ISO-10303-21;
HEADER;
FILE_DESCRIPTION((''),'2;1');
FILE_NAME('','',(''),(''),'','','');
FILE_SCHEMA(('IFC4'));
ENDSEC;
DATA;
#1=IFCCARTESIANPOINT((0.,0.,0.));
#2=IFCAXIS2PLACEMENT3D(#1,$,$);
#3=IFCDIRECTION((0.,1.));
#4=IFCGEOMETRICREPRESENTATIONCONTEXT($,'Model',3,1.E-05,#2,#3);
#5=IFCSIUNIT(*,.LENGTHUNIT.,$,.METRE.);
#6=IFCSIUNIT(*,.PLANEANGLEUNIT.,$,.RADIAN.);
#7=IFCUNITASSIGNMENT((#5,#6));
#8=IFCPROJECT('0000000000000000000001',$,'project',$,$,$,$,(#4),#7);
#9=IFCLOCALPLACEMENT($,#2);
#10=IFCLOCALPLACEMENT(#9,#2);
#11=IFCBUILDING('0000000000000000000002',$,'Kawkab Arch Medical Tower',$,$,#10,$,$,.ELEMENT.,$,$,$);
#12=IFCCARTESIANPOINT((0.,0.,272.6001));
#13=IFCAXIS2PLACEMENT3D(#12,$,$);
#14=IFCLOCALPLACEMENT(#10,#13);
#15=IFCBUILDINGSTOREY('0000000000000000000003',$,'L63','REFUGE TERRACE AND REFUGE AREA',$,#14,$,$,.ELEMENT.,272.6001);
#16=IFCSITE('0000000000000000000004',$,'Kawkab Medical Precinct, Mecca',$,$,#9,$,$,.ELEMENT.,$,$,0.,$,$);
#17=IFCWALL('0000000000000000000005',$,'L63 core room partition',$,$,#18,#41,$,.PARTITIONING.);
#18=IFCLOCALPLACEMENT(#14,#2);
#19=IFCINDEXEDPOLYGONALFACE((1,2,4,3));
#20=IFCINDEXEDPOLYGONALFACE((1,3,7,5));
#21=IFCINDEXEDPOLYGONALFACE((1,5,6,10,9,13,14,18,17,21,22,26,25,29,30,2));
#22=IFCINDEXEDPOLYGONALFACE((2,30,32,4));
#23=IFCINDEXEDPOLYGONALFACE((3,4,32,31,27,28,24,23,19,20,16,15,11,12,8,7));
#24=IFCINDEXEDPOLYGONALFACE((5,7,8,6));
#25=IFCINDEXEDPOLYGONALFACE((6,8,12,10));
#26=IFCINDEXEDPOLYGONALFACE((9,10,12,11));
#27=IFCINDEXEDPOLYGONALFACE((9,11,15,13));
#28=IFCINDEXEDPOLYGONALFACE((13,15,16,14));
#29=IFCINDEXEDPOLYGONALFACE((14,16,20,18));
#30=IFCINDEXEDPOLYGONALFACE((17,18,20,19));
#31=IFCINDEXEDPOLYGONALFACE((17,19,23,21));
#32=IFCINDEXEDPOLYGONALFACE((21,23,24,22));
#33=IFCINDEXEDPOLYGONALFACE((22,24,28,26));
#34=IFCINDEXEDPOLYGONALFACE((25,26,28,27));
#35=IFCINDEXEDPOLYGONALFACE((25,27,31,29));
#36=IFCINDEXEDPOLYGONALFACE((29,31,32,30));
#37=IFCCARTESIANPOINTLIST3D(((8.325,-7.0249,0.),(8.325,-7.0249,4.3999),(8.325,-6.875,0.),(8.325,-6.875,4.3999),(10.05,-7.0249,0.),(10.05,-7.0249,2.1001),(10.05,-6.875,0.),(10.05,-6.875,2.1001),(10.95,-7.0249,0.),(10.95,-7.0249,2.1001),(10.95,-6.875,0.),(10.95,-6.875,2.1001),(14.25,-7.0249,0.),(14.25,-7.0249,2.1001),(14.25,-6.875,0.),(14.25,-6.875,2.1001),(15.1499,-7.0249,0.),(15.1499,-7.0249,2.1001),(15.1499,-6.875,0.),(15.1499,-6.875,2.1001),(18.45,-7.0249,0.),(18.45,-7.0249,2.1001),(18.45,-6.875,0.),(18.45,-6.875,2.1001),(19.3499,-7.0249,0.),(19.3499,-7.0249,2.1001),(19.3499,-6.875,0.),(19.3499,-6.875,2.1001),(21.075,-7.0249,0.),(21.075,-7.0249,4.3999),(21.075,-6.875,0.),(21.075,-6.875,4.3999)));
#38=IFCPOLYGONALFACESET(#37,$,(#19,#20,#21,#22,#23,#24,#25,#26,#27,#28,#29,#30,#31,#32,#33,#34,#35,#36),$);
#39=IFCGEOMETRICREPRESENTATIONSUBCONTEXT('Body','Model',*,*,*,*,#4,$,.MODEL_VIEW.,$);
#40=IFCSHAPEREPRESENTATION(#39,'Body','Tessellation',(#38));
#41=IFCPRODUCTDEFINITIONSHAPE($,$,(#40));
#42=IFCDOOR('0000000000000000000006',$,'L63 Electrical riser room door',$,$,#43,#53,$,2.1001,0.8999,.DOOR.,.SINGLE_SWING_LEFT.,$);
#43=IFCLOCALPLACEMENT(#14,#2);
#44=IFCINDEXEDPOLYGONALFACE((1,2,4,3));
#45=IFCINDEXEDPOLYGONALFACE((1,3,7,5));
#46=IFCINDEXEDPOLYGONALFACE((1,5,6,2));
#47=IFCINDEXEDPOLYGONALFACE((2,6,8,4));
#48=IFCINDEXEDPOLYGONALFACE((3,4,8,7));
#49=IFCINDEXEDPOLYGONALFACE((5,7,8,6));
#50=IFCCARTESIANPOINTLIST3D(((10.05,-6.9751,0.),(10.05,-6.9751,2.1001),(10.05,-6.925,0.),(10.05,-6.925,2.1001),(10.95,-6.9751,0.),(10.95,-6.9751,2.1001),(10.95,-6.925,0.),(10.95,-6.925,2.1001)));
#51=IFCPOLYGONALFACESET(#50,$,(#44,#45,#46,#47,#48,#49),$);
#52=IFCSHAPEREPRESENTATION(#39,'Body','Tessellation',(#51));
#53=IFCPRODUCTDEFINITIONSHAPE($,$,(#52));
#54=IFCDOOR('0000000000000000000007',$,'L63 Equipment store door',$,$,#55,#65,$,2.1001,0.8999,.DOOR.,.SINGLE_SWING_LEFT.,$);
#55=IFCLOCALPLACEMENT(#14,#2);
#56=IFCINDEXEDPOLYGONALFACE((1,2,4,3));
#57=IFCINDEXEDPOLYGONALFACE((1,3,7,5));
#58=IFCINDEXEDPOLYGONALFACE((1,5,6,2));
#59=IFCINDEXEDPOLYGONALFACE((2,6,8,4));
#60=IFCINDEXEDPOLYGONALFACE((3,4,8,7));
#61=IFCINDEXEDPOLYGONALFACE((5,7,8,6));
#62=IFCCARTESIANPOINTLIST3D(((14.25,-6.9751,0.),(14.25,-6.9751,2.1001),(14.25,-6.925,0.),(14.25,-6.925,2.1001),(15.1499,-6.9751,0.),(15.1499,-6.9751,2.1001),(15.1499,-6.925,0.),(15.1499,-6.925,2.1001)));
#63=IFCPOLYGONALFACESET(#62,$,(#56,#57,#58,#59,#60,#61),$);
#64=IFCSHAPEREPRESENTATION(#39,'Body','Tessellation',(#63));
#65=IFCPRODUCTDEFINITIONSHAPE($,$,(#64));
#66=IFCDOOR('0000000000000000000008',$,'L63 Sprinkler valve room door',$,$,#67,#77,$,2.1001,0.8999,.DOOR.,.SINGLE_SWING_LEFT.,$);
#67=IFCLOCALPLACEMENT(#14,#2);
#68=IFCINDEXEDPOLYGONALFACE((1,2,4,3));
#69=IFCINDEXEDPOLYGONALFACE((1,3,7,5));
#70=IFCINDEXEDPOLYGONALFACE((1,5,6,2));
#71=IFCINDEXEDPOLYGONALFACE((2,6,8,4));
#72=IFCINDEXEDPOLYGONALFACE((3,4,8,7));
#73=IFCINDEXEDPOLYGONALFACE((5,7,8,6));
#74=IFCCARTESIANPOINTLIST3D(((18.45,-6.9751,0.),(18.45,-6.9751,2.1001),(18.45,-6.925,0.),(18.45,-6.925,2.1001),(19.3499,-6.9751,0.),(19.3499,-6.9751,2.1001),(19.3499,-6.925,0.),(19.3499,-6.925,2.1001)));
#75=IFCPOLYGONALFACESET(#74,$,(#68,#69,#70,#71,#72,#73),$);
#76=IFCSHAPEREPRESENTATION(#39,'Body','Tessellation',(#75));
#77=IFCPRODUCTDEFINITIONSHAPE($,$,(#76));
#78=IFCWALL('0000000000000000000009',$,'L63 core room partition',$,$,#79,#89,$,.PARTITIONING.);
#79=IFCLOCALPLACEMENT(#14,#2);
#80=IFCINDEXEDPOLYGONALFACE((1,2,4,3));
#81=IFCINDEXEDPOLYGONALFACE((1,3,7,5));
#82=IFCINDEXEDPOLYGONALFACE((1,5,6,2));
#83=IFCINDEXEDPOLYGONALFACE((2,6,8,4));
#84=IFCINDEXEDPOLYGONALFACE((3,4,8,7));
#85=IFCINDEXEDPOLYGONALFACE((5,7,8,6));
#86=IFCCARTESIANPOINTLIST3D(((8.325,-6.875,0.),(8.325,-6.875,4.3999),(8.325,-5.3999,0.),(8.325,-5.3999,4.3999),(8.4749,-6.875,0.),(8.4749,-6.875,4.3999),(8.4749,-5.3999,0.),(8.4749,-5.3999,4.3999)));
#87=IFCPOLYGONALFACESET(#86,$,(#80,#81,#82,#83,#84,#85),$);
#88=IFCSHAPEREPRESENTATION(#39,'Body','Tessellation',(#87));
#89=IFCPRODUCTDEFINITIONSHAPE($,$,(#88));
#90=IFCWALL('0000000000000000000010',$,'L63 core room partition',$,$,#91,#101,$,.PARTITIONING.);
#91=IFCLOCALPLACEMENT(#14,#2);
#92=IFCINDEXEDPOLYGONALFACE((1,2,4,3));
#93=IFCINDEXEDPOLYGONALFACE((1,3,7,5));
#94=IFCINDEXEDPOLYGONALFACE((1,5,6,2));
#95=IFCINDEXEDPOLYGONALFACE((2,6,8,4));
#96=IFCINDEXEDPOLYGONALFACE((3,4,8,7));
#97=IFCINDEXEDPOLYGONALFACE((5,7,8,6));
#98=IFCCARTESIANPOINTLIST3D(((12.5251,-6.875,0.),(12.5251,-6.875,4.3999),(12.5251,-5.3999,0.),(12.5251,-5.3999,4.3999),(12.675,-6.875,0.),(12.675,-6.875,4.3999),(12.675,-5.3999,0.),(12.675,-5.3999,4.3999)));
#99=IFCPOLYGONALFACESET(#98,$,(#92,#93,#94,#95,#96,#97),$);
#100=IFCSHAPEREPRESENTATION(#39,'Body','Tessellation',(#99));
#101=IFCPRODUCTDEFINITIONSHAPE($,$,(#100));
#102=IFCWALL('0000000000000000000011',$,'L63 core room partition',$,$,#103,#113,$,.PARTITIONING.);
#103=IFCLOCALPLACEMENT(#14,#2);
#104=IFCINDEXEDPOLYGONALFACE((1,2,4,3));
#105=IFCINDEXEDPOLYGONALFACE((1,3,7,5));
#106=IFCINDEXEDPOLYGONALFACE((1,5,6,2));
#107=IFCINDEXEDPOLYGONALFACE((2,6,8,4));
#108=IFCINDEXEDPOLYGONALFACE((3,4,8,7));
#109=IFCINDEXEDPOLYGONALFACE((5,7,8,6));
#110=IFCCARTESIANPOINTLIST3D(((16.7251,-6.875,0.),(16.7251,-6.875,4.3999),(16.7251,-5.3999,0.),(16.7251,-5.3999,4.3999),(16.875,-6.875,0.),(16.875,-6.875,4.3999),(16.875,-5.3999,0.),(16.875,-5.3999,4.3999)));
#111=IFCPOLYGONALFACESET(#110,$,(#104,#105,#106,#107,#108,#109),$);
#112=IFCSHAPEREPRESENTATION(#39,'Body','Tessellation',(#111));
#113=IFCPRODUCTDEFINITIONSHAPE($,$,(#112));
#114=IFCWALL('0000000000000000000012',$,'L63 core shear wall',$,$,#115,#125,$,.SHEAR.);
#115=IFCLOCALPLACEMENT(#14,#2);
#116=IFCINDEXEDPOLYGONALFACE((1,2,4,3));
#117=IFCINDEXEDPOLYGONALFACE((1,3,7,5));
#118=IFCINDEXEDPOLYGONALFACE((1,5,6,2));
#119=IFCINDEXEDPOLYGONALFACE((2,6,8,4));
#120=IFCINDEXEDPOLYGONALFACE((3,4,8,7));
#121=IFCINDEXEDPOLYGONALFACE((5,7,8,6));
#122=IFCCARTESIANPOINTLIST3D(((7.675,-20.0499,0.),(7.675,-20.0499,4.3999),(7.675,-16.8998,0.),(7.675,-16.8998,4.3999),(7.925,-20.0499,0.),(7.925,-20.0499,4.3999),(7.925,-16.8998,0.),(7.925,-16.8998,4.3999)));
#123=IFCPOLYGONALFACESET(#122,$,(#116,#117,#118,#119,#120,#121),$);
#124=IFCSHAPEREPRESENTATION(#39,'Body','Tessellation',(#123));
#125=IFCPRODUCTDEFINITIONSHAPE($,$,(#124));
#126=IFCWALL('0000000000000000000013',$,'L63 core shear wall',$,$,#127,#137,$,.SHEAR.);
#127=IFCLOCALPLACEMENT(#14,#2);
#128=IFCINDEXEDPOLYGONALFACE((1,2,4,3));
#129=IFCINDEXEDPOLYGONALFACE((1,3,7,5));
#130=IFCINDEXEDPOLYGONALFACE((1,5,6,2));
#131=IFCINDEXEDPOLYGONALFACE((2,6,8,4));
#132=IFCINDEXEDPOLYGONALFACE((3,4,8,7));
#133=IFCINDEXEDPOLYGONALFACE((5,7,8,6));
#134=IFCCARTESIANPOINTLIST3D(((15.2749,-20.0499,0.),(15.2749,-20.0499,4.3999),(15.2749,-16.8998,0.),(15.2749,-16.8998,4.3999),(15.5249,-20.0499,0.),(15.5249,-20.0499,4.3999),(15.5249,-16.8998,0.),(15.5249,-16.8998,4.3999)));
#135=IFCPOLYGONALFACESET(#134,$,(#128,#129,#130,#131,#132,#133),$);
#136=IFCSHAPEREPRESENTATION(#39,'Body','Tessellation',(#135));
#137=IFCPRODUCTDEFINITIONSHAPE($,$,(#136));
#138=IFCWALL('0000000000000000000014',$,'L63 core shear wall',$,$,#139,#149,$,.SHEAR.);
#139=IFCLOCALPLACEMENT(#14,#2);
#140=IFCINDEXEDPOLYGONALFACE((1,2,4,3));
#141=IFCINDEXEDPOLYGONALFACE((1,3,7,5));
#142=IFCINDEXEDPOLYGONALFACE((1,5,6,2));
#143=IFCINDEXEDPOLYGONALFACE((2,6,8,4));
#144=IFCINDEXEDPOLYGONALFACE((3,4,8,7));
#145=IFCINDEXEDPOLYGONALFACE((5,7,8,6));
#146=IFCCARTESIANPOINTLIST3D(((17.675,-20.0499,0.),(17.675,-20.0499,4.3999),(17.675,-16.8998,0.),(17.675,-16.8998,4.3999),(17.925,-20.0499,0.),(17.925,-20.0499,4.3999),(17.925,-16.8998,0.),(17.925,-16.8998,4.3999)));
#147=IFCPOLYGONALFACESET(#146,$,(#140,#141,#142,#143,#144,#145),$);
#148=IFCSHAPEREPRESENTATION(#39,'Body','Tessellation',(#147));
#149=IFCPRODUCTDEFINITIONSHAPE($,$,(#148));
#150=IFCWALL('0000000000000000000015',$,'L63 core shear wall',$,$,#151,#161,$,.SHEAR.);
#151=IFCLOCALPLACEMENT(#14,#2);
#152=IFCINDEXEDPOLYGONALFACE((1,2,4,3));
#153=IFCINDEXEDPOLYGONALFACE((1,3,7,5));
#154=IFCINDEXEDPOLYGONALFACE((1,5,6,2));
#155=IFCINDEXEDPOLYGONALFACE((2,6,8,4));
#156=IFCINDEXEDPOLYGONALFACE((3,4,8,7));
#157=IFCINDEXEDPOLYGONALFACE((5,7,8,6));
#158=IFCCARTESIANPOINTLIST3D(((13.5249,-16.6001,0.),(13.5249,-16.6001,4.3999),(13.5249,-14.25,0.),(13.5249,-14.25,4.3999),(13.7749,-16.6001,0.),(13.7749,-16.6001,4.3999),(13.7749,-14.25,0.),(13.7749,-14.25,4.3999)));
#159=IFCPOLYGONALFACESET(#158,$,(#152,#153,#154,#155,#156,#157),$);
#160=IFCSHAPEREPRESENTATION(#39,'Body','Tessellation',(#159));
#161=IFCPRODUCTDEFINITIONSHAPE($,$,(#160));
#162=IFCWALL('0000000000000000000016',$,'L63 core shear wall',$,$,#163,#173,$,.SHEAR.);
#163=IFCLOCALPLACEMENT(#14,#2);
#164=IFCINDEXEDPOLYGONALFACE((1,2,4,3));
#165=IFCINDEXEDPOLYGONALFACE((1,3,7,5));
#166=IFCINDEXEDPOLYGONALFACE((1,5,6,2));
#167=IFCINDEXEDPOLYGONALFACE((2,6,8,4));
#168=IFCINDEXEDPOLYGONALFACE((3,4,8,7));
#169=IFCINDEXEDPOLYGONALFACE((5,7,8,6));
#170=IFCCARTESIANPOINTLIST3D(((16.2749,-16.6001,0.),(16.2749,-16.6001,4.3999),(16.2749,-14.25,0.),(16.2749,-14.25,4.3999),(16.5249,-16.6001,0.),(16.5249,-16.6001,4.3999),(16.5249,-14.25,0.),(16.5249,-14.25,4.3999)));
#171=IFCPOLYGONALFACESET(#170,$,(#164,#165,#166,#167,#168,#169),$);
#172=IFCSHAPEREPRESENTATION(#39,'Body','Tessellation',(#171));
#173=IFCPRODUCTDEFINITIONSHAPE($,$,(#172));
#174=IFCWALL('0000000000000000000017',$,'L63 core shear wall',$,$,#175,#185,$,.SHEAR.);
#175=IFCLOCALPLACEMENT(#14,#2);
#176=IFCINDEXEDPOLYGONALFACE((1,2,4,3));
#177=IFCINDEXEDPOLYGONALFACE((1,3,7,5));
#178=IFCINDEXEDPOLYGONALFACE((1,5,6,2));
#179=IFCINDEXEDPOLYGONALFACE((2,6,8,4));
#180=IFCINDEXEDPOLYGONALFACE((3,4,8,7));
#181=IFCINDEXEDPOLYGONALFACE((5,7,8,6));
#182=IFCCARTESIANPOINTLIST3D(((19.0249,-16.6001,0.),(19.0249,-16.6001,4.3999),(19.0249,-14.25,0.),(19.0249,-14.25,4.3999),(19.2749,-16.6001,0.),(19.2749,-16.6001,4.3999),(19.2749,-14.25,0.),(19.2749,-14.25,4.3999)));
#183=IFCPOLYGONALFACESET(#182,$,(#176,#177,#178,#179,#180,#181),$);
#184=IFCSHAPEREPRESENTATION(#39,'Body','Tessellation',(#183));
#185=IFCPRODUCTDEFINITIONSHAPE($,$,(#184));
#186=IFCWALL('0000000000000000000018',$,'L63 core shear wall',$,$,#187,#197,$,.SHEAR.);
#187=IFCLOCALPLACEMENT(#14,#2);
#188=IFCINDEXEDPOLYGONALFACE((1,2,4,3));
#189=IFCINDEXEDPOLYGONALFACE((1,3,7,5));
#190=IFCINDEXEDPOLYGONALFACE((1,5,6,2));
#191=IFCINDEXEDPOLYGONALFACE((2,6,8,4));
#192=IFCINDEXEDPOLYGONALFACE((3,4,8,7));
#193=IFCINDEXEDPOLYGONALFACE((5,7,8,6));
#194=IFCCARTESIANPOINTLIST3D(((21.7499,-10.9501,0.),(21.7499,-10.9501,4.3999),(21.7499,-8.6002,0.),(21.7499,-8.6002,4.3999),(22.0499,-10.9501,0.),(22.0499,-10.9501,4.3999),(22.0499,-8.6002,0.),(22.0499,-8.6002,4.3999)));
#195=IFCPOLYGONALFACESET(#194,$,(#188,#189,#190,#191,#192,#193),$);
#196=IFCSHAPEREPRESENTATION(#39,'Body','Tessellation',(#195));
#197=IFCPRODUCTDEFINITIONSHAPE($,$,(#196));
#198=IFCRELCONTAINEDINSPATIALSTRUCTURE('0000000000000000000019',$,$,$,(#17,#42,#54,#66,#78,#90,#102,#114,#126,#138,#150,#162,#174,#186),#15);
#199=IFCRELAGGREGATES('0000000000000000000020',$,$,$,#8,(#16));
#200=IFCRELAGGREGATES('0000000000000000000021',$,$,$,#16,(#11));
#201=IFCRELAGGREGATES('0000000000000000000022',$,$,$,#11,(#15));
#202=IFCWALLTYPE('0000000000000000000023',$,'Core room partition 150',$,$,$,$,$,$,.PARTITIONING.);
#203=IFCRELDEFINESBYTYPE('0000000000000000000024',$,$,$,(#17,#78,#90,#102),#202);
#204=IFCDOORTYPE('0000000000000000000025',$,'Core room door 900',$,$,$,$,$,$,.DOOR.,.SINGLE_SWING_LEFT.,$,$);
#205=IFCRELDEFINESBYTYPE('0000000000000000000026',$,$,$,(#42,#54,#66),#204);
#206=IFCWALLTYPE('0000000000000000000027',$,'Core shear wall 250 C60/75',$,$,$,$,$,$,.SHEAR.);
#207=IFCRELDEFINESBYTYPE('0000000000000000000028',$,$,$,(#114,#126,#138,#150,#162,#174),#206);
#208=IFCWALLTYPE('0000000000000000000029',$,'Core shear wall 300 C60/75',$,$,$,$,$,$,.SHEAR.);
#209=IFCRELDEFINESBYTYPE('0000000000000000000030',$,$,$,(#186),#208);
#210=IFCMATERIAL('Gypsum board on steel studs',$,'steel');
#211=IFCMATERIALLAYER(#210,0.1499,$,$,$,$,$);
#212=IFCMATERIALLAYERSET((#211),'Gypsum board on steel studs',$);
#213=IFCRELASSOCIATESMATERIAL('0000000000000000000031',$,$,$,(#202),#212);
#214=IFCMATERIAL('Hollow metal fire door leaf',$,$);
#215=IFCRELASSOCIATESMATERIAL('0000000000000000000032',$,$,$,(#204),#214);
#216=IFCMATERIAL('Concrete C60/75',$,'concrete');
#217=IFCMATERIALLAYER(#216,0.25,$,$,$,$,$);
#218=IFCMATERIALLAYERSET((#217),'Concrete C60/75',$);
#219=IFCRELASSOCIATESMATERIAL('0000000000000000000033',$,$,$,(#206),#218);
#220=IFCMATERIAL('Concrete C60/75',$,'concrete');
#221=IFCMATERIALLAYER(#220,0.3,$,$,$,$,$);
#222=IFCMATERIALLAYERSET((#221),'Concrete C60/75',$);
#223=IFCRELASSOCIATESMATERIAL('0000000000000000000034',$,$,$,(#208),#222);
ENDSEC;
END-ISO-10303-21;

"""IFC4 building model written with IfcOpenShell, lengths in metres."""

from ifc_helpers import new_model, si_unit, direction, frame, frame_2d, origin, place, context, subcontext, project, spatial, rectangle, extrude, material, layer, layer_set, type_object, element, fill, save


model = new_model("IFC4")

# Units and contexts
model_context = context("Model", 3, precision=1e-05, world=origin(), true_north=direction((0.0, 1.0)))
body_context = subcontext(model_context, "Body", "Model", "MODEL_VIEW")
ifc_project = project(units=[si_unit("LENGTHUNIT", "METRE"), si_unit("PLANEANGLEUNIT", "RADIAN")], contexts=[model_context])

# Site, building, storey
site_placement = place(None, origin())
site = spatial("IfcSite", under=ifc_project, at=site_placement, Name="Kawkab Medical Precinct, Mecca", CompositionType="ELEMENT", RefElevation=0.0)
building_placement = place(site_placement, origin())
building = spatial("IfcBuilding", under=site, at=building_placement, Name="Kawkab Arch Medical Tower", CompositionType="ELEMENT")
storey_placement = place(building_placement, frame((0.0, 0.0, 272.6001)))
storey = spatial("IfcBuildingStorey", under=building, at=storey_placement, Name="L63", Description="REFUGE TERRACE AND REFUGE AREA", CompositionType="ELEMENT", Elevation=272.6001)

# Wall, openings, doors
ifc_material_1 = material(Name="Gypsum board on steel studs", Category="steel")
ifc_layer_1 = layer(ifc_material_1, 0.1499)
ifc_layer_set_1 = layer_set([ifc_layer_1], Name="Gypsum board on steel studs")
wall_type_1 = type_object("IfcWallType", Name="Core room partition 150", PredefinedType="PARTITIONING", material=ifc_layer_set_1)
wall_1_placement = place(storey_placement, frame((8.325, -6.95, 0.0), z_axis=(0.0, 0.0, 1.0), x_axis=(1.0, 0.0, 0.0)))
wall_1 = element("IfcWall", 1, at=wall_1_placement, inside=storey, type_object=wall_type_1, Name="L63 core room partition", PredefinedType="PARTITIONING", context=body_context, shape_type="SweptSolid", body=[
    extrude(rectangle(XDim=12.75, YDim=0.1499, at=frame_2d((6.375, 0.0))), origin(), (0.0, 0.0, 1.0), 4.3999),
])
opening_1_placement = place(wall_1_placement, frame((1.7251, 0.0, 0.0)))
opening_1 = element("IfcOpeningElement", 2, at=opening_1_placement, cuts=wall_1, PredefinedType="OPENING", context=body_context, shape_type="SweptSolid", body=[
    extrude(rectangle(XDim=0.8999, YDim=2.1001, at=frame_2d((0.45, 1.05))), frame((0.0, 0.085, 0.0), z_axis=(0.0, -1.0, 0.0), x_axis=(1.0, 0.0, 0.0)), (0.0, 0.0, 1.0), 0.1699),
])
opening_2_placement = place(wall_1_placement, frame((5.925, 0.0, 0.0)))
opening_2 = element("IfcOpeningElement", 3, at=opening_2_placement, cuts=wall_1, PredefinedType="OPENING", context=body_context, shape_type="SweptSolid", body=[
    extrude(rectangle(XDim=0.8999, YDim=2.1001, at=frame_2d((0.45, 1.05))), frame((0.0, 0.085, 0.0), z_axis=(0.0, -1.0, 0.0), x_axis=(1.0, 0.0, 0.0)), (0.0, 0.0, 1.0), 0.1699),
])
opening_3_placement = place(wall_1_placement, frame((10.125, 0.0, 0.0)))
opening_3 = element("IfcOpeningElement", 4, at=opening_3_placement, cuts=wall_1, PredefinedType="OPENING", context=body_context, shape_type="SweptSolid", body=[
    extrude(rectangle(XDim=0.8999, YDim=2.1001, at=frame_2d((0.45, 1.05))), frame((0.0, 0.085, 0.0), z_axis=(0.0, -1.0, 0.0), x_axis=(1.0, 0.0, 0.0)), (0.0, 0.0, 1.0), 0.1699),
])
ifc_material_2 = material(Name="Hollow metal fire door leaf")
door_type = type_object("IfcDoorType", Name="Core room door 900", OperationType="SINGLE_SWING_LEFT", PredefinedType="DOOR", material=ifc_material_2)
door_1_placement = place(opening_1_placement, origin())
door_1 = element("IfcDoor", 5, at=door_1_placement, inside=storey, type_object=door_type, Name="L63 Electrical riser room door", OperationType="SINGLE_SWING_LEFT", OverallHeight=2.1001, OverallWidth=0.8999, PredefinedType="DOOR", context=body_context, shape_type="SweptSolid", body=[
    extrude(rectangle(XDim=0.8999, YDim=2.1001, at=frame_2d((0.45, 1.05))), frame((0.0, 0.0249, 0.0), z_axis=(0.0, -1.0, 0.0), x_axis=(1.0, 0.0, 0.0)), (0.0, 0.0, 1.0), 0.05),
])
fill(opening_1, door_1)
door_2_placement = place(opening_2_placement, origin())
door_2 = element("IfcDoor", 6, at=door_2_placement, inside=storey, type_object=door_type, Name="L63 Equipment store door", OperationType="SINGLE_SWING_LEFT", OverallHeight=2.1001, OverallWidth=0.8999, PredefinedType="DOOR", context=body_context, shape_type="SweptSolid", body=[
    extrude(rectangle(XDim=0.8999, YDim=2.1001, at=frame_2d((0.45, 1.05))), frame((0.0, 0.0249, 0.0), z_axis=(0.0, -1.0, 0.0), x_axis=(1.0, 0.0, 0.0)), (0.0, 0.0, 1.0), 0.05),
])
fill(opening_2, door_2)
door_3_placement = place(opening_3_placement, origin())
door_3 = element("IfcDoor", 7, at=door_3_placement, inside=storey, type_object=door_type, Name="L63 Sprinkler valve room door", OperationType="SINGLE_SWING_LEFT", OverallHeight=2.1001, OverallWidth=0.8999, PredefinedType="DOOR", context=body_context, shape_type="SweptSolid", body=[
    extrude(rectangle(XDim=0.8999, YDim=2.1001, at=frame_2d((0.45, 1.05))), frame((0.0, 0.0249, 0.0), z_axis=(0.0, -1.0, 0.0), x_axis=(1.0, 0.0, 0.0)), (0.0, 0.0, 1.0), 0.05),
])
fill(opening_3, door_3)

# Walls
for number, where, z_axis, x_axis, name in (
    (8, (8.3999, -6.875, 0.0), (0.0, 0.0, 1.0), (0.0, 1.0, 0.0), "L63 core room partition"),
    (9, (12.6001, -6.875, 0.0), (0.0, 0.0, 1.0), (0.0, 1.0, 0.0), "L63 core room partition"),
    (10, (16.8, -6.875, 0.0), (0.0, 0.0, 1.0), (0.0, 1.0, 0.0), "L63 core room partition"),
):
    element("IfcWall", number, at=place(storey_placement, frame(where, z_axis=z_axis, x_axis=x_axis)), inside=storey, type_object=wall_type_1, Name=name, PredefinedType="PARTITIONING", context=body_context, shape_type="SweptSolid", body=[
        extrude(rectangle(XDim=1.4751, YDim=0.1499, at=frame_2d((0.7375, 0.0))), origin(), (0.0, 0.0, 1.0), 4.3999),
    ])
ifc_material_3 = material(Name="Concrete C60/75", Category="concrete")
ifc_layer_2 = layer(ifc_material_3, 0.25)
ifc_layer_set_2 = layer_set([ifc_layer_2], Name="Concrete C60/75")
wall_type_2 = type_object("IfcWallType", Name="Core shear wall 250 C60/75", PredefinedType="SHEAR", material=ifc_layer_set_2)
for number, where, z_axis, x_axis, name in (
    (11, (7.8, -20.05, 0.0), (0.0, 0.0, 1.0), (0.0, 1.0, 0.0), "L63 core shear wall"),
    (12, (15.3999, -20.05, 0.0), (0.0, 0.0, 1.0), (0.0, 1.0, 0.0), "L63 core shear wall"),
    (13, (17.8, -20.05, 0.0), (0.0, 0.0, 1.0), (0.0, 1.0, 0.0), "L63 core shear wall"),
):
    element("IfcWall", number, at=place(storey_placement, frame(where, z_axis=z_axis, x_axis=x_axis)), inside=storey, type_object=wall_type_2, Name=name, PredefinedType="SHEAR", context=body_context, shape_type="SweptSolid", body=[
        extrude(rectangle(XDim=3.1501, YDim=0.25, at=frame_2d((1.5752, 0.0))), origin(), (0.0, 0.0, 1.0), 4.3999),
    ])
for number, where, z_axis, x_axis, name in (
    (14, (13.6499, -16.6001, 0.0), (0.0, 0.0, 1.0), (0.0, 1.0, 0.0), "L63 core shear wall"),
    (15, (16.3999, -16.6001, 0.0), (0.0, 0.0, 1.0), (0.0, 1.0, 0.0), "L63 core shear wall"),
    (16, (19.1499, -16.6001, 0.0), (0.0, 0.0, 1.0), (0.0, 1.0, 0.0), "L63 core shear wall"),
):
    element("IfcWall", number, at=place(storey_placement, frame(where, z_axis=z_axis, x_axis=x_axis)), inside=storey, type_object=wall_type_2, Name=name, PredefinedType="SHEAR", context=body_context, shape_type="SweptSolid", body=[
        extrude(rectangle(XDim=2.3501, YDim=0.25, at=frame_2d((1.175, 0.0))), origin(), (0.0, 0.0, 1.0), 4.3999),
    ])
ifc_material_4 = material(Name="Concrete C60/75", Category="concrete")
ifc_layer_3 = layer(ifc_material_4, 0.3)
ifc_layer_set_3 = layer_set([ifc_layer_3], Name="Concrete C60/75")
wall_type_3 = type_object("IfcWallType", Name="Core shear wall 300 C60/75", PredefinedType="SHEAR", material=ifc_layer_set_3)
wall_2_placement = place(storey_placement, frame((21.8999, -10.95, 0.0), z_axis=(0.0, 0.0, 1.0), x_axis=(0.0, 1.0, 0.0)))
element("IfcWall", 17, at=wall_2_placement, inside=storey, type_object=wall_type_3, Name="L63 core shear wall", PredefinedType="SHEAR", context=body_context, shape_type="SweptSolid", body=[
    extrude(rectangle(XDim=2.3499, YDim=0.3, at=frame_2d((1.1748, 0.0))), origin(), (0.0, 0.0, 1.0), 4.3999),
])

save(model, "model.ifc")
